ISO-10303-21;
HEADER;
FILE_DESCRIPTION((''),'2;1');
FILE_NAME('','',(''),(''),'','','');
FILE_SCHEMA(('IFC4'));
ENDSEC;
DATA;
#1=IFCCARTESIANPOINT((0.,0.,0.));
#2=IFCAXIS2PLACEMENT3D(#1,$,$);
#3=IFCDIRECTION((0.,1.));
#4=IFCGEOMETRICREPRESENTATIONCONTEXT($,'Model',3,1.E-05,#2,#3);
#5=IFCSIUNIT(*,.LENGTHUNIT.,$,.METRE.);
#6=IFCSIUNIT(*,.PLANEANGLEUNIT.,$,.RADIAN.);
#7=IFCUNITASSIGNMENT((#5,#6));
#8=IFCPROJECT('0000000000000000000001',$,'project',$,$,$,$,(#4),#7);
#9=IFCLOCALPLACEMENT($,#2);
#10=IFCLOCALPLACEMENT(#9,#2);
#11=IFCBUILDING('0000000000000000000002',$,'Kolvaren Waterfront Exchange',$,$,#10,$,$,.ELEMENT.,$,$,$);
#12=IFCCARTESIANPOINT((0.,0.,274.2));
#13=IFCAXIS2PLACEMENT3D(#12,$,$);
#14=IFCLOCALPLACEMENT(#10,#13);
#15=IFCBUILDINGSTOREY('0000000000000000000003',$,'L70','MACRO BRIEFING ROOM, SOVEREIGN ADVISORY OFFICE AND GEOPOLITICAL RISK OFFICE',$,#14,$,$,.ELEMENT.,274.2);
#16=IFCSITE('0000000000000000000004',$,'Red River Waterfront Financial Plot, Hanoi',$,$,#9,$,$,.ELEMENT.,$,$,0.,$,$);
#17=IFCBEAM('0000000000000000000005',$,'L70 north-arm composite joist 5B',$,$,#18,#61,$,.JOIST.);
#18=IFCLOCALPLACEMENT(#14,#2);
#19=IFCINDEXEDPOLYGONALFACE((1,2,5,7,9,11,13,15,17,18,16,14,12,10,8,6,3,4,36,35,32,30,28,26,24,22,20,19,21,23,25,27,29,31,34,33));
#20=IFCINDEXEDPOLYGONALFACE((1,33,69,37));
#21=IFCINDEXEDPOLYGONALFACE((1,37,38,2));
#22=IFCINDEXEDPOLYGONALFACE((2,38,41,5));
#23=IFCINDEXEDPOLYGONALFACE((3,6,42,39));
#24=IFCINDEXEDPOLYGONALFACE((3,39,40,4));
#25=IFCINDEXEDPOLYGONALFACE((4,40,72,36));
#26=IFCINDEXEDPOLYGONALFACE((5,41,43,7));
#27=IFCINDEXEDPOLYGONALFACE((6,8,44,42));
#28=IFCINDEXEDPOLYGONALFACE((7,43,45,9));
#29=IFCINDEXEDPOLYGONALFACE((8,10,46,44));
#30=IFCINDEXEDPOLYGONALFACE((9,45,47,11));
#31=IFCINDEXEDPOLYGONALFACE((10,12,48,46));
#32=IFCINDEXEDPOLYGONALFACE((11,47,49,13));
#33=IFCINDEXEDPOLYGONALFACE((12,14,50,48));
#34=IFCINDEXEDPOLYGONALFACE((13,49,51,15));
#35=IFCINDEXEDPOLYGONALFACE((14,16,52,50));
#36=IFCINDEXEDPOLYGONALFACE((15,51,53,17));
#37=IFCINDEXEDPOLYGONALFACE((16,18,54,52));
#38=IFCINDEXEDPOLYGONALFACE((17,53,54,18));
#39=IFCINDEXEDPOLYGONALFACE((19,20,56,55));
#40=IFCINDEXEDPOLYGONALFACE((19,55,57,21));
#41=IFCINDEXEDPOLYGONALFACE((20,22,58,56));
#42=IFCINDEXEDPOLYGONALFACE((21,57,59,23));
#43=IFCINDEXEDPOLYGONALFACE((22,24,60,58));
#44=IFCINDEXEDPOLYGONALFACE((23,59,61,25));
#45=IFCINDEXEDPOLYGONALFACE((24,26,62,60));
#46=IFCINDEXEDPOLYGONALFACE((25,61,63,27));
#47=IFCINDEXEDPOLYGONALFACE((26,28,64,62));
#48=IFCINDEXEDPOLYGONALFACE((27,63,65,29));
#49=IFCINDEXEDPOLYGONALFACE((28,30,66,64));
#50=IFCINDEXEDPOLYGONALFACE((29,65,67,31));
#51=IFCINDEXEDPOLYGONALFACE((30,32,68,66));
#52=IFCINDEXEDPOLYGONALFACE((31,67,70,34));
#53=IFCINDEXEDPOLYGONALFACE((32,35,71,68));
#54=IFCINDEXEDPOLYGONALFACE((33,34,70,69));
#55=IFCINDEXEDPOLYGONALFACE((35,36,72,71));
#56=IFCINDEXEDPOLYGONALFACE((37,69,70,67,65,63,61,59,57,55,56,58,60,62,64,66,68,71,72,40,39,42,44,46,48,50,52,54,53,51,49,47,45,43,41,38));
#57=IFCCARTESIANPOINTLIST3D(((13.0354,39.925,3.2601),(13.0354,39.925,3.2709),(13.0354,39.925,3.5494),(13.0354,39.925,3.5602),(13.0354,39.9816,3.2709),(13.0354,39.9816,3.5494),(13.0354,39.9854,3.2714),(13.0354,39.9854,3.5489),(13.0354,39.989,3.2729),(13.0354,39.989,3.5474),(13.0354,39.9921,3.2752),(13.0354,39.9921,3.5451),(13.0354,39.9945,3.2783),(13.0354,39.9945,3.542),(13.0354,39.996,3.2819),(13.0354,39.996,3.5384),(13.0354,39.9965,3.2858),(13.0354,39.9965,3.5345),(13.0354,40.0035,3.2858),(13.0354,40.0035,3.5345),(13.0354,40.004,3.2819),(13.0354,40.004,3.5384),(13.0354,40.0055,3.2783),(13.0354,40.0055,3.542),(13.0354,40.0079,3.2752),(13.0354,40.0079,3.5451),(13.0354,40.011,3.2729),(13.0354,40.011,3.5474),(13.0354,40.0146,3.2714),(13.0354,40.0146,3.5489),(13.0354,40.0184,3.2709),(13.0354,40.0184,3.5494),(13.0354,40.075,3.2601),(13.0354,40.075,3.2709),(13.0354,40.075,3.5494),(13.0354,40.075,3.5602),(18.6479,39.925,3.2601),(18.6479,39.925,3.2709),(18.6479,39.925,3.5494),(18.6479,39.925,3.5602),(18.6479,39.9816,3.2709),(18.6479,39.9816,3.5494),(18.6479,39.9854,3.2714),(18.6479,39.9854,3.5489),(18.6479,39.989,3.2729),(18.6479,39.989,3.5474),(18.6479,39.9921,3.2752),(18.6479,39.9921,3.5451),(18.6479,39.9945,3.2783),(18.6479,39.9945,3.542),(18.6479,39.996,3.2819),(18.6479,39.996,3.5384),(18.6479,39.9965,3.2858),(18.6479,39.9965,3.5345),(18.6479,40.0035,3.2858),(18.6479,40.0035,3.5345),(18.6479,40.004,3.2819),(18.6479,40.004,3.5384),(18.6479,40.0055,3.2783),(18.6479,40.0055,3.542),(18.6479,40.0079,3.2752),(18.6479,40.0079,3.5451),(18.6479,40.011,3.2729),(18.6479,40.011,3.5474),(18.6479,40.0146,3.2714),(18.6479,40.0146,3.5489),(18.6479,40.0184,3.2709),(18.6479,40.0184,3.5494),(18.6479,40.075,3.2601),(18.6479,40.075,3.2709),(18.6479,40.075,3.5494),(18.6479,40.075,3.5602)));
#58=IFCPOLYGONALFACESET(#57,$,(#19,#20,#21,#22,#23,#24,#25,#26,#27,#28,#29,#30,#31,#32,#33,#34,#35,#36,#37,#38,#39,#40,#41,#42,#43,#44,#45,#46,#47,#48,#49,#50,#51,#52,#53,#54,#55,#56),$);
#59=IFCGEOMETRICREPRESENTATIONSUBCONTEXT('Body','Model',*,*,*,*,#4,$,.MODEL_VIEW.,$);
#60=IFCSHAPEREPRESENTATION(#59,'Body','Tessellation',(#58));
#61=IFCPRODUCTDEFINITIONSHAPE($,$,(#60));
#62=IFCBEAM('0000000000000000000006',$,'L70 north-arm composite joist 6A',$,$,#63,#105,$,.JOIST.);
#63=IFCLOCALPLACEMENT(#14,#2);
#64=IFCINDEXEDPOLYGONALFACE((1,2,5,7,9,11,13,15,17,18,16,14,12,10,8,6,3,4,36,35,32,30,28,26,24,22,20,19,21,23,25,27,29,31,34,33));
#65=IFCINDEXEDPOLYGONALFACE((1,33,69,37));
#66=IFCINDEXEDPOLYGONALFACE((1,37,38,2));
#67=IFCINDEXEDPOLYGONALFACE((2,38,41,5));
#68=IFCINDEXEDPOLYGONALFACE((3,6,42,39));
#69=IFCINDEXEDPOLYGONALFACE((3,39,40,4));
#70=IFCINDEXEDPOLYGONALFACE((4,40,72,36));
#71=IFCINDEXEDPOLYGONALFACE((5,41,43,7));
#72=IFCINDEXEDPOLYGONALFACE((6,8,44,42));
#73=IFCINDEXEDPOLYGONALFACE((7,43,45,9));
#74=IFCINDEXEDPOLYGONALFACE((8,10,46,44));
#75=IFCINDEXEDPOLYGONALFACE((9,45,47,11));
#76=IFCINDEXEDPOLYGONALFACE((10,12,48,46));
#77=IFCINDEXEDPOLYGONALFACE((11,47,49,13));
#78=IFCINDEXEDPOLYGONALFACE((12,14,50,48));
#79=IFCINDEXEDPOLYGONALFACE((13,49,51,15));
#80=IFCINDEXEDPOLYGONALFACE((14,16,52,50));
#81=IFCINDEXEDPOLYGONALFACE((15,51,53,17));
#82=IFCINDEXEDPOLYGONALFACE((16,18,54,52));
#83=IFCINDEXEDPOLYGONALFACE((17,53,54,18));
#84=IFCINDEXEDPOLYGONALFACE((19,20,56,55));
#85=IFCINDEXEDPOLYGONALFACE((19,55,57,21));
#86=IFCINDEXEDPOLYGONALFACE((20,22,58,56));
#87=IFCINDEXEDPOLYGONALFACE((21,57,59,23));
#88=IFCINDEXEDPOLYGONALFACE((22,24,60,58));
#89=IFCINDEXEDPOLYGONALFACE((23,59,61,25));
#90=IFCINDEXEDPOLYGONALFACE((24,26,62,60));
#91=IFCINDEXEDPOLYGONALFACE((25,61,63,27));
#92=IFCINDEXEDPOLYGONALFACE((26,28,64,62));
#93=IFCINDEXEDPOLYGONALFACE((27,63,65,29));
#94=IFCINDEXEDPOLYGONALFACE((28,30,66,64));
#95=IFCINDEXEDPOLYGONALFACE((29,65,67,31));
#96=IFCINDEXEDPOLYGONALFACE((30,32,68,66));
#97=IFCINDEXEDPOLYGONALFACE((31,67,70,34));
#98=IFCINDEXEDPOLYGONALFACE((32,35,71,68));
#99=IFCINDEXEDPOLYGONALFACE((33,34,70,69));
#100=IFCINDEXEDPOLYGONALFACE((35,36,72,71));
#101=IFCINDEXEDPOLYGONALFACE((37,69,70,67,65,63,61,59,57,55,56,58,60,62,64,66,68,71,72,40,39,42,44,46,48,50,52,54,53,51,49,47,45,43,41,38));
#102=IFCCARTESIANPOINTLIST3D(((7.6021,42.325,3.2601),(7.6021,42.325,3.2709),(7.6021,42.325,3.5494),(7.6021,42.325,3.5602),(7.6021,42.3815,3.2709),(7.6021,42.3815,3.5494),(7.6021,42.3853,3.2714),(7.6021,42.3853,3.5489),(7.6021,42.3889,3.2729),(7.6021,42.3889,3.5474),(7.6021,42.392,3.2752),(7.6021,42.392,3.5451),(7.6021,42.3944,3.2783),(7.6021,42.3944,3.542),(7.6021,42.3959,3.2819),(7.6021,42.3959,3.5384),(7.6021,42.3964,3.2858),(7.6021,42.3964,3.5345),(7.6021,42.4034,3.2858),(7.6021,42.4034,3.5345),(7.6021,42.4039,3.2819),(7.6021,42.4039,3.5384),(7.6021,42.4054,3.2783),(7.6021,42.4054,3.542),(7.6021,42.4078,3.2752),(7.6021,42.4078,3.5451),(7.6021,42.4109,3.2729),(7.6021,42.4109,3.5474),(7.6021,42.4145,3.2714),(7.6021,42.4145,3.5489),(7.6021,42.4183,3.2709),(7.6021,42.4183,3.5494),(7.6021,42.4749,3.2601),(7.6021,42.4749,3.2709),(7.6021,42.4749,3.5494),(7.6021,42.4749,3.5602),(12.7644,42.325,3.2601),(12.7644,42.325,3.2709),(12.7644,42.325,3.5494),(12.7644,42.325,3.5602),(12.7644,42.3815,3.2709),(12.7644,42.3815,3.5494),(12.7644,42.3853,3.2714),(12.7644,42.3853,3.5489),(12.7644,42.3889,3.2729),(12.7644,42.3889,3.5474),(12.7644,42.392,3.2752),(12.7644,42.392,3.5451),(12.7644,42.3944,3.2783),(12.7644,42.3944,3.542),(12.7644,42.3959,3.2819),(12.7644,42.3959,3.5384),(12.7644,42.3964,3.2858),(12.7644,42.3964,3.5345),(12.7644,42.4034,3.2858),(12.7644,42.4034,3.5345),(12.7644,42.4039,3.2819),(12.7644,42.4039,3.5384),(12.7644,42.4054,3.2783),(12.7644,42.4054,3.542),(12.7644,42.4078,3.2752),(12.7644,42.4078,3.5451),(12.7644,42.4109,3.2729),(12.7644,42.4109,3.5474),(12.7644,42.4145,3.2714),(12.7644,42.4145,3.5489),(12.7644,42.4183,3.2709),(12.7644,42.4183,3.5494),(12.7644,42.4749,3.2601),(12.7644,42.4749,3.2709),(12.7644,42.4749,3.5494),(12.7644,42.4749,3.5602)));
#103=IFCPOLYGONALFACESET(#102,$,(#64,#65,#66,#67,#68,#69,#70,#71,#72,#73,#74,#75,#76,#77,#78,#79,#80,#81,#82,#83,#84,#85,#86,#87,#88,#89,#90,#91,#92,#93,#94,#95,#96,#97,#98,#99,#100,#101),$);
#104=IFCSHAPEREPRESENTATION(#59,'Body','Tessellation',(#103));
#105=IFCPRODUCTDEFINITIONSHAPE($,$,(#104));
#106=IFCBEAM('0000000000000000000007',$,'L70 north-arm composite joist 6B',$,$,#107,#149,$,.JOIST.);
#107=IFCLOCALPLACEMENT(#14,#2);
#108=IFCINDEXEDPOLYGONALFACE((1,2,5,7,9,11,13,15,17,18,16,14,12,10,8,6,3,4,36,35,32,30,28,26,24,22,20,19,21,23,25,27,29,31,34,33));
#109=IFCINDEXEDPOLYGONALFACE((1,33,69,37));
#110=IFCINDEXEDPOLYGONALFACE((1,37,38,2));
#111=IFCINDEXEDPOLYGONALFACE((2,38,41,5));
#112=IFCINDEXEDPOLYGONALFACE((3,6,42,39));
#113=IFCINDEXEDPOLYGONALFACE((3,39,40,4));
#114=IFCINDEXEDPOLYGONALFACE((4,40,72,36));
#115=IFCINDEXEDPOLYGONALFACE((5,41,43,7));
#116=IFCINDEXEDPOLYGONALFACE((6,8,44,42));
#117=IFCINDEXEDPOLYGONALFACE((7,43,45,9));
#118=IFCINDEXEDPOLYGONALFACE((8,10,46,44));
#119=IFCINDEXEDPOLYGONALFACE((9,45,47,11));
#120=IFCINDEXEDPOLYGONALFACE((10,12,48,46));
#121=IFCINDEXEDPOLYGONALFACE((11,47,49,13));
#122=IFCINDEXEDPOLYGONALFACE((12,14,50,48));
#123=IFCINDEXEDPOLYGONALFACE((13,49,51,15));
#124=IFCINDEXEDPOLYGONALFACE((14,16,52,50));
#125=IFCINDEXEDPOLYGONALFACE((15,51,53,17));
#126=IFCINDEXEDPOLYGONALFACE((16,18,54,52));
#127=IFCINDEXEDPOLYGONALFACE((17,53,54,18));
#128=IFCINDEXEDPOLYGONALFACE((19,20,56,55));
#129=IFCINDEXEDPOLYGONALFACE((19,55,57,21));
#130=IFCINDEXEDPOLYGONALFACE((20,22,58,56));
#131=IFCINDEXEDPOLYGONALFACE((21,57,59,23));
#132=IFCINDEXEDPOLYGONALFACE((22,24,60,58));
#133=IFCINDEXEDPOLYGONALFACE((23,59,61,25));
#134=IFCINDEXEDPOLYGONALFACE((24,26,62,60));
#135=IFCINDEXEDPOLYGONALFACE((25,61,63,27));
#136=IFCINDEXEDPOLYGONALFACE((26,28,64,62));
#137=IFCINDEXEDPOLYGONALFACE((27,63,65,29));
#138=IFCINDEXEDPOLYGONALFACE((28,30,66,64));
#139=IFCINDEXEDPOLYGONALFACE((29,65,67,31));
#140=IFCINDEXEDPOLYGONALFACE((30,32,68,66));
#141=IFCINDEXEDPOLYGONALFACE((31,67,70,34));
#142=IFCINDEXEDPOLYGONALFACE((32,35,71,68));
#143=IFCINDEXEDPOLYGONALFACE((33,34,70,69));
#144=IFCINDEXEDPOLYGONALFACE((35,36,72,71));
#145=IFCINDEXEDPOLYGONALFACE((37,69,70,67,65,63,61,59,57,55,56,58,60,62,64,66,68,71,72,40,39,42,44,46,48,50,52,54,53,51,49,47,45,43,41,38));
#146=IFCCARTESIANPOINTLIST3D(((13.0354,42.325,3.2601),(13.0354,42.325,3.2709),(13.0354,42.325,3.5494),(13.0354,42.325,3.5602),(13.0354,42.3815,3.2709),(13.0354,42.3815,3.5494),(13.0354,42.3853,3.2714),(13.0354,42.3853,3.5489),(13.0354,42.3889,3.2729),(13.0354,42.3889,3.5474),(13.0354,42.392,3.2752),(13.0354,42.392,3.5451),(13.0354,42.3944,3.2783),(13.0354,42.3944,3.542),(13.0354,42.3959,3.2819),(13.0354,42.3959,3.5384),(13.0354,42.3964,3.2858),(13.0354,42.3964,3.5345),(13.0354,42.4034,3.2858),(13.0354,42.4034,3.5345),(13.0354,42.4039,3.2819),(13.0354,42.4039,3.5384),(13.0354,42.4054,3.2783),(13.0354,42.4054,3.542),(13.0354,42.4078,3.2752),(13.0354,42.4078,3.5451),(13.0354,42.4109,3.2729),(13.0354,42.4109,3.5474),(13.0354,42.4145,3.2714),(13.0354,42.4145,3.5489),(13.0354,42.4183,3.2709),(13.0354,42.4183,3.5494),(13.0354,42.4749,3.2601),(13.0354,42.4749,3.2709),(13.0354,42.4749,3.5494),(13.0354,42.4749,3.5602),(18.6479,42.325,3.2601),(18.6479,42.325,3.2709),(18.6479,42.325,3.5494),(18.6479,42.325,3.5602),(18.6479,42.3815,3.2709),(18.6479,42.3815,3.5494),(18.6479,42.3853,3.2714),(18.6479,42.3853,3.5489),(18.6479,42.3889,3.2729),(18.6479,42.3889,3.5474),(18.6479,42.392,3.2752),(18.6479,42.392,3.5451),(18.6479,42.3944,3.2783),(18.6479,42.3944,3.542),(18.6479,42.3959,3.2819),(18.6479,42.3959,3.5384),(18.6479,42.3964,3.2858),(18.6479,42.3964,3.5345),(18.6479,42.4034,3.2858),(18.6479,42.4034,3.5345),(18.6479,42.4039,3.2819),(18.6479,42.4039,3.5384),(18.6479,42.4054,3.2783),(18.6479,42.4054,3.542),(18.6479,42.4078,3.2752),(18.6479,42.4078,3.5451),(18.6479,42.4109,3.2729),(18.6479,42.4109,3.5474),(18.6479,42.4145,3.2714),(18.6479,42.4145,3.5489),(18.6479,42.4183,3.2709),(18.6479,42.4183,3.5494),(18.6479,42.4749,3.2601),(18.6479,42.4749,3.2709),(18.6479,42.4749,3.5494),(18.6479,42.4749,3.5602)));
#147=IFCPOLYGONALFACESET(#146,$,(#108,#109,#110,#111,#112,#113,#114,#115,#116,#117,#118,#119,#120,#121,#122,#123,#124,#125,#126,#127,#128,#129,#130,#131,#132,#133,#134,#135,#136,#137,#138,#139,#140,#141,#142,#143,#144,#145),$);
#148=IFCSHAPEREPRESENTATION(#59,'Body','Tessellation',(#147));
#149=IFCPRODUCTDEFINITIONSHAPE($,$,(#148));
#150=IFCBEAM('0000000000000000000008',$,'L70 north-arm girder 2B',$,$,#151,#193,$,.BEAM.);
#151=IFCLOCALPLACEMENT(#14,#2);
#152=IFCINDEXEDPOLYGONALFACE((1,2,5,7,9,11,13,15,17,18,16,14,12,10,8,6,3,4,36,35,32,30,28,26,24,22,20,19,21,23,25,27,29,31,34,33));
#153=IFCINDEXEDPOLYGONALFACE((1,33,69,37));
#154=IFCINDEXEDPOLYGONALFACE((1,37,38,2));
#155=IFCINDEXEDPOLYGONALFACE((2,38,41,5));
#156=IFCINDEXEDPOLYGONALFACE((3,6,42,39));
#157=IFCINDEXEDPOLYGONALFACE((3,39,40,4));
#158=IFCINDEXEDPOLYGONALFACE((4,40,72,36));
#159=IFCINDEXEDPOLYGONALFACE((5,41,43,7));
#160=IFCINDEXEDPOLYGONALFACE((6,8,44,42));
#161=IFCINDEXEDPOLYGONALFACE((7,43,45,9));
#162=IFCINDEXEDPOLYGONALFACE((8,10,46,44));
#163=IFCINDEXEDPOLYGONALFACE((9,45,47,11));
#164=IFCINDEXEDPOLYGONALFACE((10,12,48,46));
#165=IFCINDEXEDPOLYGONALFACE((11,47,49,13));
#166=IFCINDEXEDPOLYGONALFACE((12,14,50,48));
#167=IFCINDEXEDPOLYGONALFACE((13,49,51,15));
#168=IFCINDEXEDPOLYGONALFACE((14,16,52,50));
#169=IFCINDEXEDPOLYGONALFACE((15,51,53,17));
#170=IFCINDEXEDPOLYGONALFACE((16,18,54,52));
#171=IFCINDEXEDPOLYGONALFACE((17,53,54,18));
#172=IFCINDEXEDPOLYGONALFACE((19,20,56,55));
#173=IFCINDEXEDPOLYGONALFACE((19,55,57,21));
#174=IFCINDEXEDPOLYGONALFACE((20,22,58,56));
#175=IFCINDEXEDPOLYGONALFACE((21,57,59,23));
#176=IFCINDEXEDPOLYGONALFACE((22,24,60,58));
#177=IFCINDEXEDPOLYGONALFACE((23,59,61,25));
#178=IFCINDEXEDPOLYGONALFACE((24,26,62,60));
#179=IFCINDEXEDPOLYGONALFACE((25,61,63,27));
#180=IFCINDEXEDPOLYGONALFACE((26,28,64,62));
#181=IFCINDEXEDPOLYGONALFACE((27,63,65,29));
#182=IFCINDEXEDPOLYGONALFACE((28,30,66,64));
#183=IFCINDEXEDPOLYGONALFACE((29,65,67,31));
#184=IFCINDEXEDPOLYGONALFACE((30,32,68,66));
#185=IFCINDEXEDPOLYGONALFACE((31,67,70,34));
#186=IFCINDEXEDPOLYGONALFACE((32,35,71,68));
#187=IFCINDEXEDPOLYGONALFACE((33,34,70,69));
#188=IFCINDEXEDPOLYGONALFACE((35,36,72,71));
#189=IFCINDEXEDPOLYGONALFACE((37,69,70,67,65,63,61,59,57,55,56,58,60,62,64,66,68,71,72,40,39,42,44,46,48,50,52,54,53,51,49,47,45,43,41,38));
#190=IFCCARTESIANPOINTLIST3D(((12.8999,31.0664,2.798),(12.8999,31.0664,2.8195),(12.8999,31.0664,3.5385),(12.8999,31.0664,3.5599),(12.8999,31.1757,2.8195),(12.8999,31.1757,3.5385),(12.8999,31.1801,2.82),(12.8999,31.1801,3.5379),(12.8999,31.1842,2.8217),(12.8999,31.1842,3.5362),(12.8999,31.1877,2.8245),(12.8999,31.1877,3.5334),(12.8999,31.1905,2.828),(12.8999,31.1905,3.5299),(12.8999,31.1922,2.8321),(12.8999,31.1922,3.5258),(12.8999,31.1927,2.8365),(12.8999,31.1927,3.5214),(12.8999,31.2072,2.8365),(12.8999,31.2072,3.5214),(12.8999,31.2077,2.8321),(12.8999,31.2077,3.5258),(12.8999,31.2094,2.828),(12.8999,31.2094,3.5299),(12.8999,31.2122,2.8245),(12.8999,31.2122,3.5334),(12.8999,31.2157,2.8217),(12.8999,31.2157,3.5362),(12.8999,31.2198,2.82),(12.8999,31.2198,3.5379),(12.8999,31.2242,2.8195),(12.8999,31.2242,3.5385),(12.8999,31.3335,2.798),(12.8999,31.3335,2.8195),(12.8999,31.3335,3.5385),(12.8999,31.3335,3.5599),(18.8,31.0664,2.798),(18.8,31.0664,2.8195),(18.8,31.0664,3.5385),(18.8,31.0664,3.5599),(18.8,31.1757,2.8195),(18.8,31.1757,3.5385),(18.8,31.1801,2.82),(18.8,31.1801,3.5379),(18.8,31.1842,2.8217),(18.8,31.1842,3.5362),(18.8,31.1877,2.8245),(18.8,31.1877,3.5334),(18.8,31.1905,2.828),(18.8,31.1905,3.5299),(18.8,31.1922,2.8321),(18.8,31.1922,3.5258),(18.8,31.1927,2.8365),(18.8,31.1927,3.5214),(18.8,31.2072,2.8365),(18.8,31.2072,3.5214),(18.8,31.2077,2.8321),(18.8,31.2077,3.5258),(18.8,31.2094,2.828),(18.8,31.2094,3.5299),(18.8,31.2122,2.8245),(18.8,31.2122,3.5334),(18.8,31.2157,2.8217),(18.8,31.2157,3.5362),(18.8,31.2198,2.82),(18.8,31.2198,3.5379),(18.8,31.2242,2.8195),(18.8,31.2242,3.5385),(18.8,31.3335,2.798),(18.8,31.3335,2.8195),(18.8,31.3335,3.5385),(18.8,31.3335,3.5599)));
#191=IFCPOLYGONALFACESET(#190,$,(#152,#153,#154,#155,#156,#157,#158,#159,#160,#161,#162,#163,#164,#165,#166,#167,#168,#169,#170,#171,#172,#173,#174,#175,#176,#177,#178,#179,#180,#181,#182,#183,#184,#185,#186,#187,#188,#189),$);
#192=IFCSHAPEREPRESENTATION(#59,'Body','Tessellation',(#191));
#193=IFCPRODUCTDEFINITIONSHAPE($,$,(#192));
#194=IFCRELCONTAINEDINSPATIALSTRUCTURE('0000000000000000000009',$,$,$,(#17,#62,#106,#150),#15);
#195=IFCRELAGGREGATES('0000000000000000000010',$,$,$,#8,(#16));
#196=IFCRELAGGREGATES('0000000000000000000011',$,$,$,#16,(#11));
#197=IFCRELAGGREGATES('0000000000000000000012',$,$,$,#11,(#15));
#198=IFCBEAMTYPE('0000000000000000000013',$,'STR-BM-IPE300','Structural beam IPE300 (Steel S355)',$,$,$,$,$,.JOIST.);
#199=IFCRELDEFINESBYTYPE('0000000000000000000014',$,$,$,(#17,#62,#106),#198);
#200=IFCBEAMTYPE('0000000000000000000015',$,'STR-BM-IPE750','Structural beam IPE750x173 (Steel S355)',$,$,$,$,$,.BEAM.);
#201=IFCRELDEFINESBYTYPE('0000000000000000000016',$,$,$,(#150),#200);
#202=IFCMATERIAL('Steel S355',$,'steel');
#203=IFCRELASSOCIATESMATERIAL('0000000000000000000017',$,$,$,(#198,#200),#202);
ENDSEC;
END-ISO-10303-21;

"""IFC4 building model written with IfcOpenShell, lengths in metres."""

from ifc_helpers import new_model, si_unit, direction, frame, origin, origin_2d, place, context, subcontext, project, spatial, i_section, extrude, material, material_profile, profile_set, type_object, element, save


model = new_model("IFC4")

# Units and contexts
model_context = context("Model", 3, precision=1e-05, world=origin(), true_north=direction((0.0, 1.0)))
body_context = subcontext(model_context, "Body", "Model", "MODEL_VIEW")
ifc_project = project(units=[si_unit("LENGTHUNIT", "METRE"), si_unit("PLANEANGLEUNIT", "RADIAN")], contexts=[model_context])

# Site, building, storey
site_placement = place(None, origin())
site = spatial("IfcSite", under=ifc_project, at=site_placement, Name="Red River Waterfront Financial Plot, Hanoi", CompositionType="ELEMENT", RefElevation=0.0)
building_placement = place(site_placement, origin())
building = spatial("IfcBuilding", under=site, at=building_placement, Name="Kolvaren Waterfront Exchange", CompositionType="ELEMENT")
storey_placement = place(building_placement, frame((0.0, 0.0, 274.2)))
storey = spatial("IfcBuildingStorey", under=building, at=storey_placement, Name="L70", Description="MACRO BRIEFING ROOM, SOVEREIGN ADVISORY OFFICE AND GEOPOLITICAL RISK OFFICE", CompositionType="ELEMENT", Elevation=274.2)

# Beams
ifc_material_1 = material(Name="Steel S355", Category="steel")
ifc_material_profile_1 = material_profile(ifc_material_1, i_section(OverallWidth=0.1499, OverallDepth=0.3, WebThickness=0.0071, FlangeThickness=0.0107, FilletRadius=0.0149, at=origin_2d()), Name="IPE300")
ifc_profile_set_1 = profile_set([ifc_material_profile_1], Name="Steel S355")
beam_type_1 = type_object("IfcBeamType", Name="STR-BM-IPE300", Description="Structural beam IPE300 (Steel S355)", PredefinedType="JOIST", material=ifc_profile_set_1)
beam_1_placement = place(storey_placement, frame((13.0354, 40.0, 3.4102), z_axis=(1.0, 0.0, 0.0), x_axis=(0.0, 1.0, 0.0)))
element("IfcBeam", 1, at=beam_1_placement, inside=storey, type_object=beam_type_1, Name="L70 north-arm composite joist 5B", PredefinedType="JOIST", context=body_context, shape_type="SweptSolid", body=[
    extrude(i_section(OverallWidth=0.1499, OverallDepth=0.3, WebThickness=0.0071, FlangeThickness=0.0107, FilletRadius=0.0149, at=origin_2d()), origin(), (0.0, 0.0, 1.0), 5.6125),
])
beam_2_placement = place(storey_placement, frame((7.6021, 42.3999, 3.4102), z_axis=(1.0, 0.0, 0.0), x_axis=(0.0, 1.0, 0.0)))
element("IfcBeam", 2, at=beam_2_placement, inside=storey, type_object=beam_type_1, Name="L70 north-arm composite joist 6A", PredefinedType="JOIST", context=body_context, shape_type="SweptSolid", body=[
    extrude(i_section(OverallWidth=0.1499, OverallDepth=0.3, WebThickness=0.0071, FlangeThickness=0.0107, FilletRadius=0.0149, at=origin_2d()), origin(), (0.0, 0.0, 1.0), 5.1624),
])
beam_3_placement = place(storey_placement, frame((13.0354, 42.3999, 3.4102), z_axis=(1.0, 0.0, 0.0), x_axis=(0.0, 1.0, 0.0)))
element("IfcBeam", 3, at=beam_3_placement, inside=storey, type_object=beam_type_1, Name="L70 north-arm composite joist 6B", PredefinedType="JOIST", context=body_context, shape_type="SweptSolid", body=[
    extrude(i_section(OverallWidth=0.1499, OverallDepth=0.3, WebThickness=0.0071, FlangeThickness=0.0107, FilletRadius=0.0149, at=origin_2d()), origin(), (0.0, 0.0, 1.0), 5.6125),
])
ifc_material_profile_2 = material_profile(ifc_material_1, i_section(OverallWidth=0.2671, OverallDepth=0.762, WebThickness=0.0144, FlangeThickness=0.0215, FilletRadius=0.0171, at=origin_2d()), Name="IPE750x173")
ifc_profile_set_2 = profile_set([ifc_material_profile_2], Name="Steel S355")
beam_type_2 = type_object("IfcBeamType", Name="STR-BM-IPE750", Description="Structural beam IPE750x173 (Steel S355)", PredefinedType="BEAM", material=ifc_profile_set_2)
beam_4_placement = place(storey_placement, frame((12.8999, 31.2, 3.179), z_axis=(1.0, 0.0, 0.0), x_axis=(0.0, 1.0, 0.0)))
element("IfcBeam", 4, at=beam_4_placement, inside=storey, type_object=beam_type_2, Name="L70 north-arm girder 2B", PredefinedType="BEAM", context=body_context, shape_type="SweptSolid", body=[
    extrude(i_section(OverallWidth=0.2671, OverallDepth=0.762, WebThickness=0.0144, FlangeThickness=0.0215, FilletRadius=0.0171, at=origin_2d()), origin(), (0.0, 0.0, 1.0), 5.9001),
])

save(model, "model.ifc")
